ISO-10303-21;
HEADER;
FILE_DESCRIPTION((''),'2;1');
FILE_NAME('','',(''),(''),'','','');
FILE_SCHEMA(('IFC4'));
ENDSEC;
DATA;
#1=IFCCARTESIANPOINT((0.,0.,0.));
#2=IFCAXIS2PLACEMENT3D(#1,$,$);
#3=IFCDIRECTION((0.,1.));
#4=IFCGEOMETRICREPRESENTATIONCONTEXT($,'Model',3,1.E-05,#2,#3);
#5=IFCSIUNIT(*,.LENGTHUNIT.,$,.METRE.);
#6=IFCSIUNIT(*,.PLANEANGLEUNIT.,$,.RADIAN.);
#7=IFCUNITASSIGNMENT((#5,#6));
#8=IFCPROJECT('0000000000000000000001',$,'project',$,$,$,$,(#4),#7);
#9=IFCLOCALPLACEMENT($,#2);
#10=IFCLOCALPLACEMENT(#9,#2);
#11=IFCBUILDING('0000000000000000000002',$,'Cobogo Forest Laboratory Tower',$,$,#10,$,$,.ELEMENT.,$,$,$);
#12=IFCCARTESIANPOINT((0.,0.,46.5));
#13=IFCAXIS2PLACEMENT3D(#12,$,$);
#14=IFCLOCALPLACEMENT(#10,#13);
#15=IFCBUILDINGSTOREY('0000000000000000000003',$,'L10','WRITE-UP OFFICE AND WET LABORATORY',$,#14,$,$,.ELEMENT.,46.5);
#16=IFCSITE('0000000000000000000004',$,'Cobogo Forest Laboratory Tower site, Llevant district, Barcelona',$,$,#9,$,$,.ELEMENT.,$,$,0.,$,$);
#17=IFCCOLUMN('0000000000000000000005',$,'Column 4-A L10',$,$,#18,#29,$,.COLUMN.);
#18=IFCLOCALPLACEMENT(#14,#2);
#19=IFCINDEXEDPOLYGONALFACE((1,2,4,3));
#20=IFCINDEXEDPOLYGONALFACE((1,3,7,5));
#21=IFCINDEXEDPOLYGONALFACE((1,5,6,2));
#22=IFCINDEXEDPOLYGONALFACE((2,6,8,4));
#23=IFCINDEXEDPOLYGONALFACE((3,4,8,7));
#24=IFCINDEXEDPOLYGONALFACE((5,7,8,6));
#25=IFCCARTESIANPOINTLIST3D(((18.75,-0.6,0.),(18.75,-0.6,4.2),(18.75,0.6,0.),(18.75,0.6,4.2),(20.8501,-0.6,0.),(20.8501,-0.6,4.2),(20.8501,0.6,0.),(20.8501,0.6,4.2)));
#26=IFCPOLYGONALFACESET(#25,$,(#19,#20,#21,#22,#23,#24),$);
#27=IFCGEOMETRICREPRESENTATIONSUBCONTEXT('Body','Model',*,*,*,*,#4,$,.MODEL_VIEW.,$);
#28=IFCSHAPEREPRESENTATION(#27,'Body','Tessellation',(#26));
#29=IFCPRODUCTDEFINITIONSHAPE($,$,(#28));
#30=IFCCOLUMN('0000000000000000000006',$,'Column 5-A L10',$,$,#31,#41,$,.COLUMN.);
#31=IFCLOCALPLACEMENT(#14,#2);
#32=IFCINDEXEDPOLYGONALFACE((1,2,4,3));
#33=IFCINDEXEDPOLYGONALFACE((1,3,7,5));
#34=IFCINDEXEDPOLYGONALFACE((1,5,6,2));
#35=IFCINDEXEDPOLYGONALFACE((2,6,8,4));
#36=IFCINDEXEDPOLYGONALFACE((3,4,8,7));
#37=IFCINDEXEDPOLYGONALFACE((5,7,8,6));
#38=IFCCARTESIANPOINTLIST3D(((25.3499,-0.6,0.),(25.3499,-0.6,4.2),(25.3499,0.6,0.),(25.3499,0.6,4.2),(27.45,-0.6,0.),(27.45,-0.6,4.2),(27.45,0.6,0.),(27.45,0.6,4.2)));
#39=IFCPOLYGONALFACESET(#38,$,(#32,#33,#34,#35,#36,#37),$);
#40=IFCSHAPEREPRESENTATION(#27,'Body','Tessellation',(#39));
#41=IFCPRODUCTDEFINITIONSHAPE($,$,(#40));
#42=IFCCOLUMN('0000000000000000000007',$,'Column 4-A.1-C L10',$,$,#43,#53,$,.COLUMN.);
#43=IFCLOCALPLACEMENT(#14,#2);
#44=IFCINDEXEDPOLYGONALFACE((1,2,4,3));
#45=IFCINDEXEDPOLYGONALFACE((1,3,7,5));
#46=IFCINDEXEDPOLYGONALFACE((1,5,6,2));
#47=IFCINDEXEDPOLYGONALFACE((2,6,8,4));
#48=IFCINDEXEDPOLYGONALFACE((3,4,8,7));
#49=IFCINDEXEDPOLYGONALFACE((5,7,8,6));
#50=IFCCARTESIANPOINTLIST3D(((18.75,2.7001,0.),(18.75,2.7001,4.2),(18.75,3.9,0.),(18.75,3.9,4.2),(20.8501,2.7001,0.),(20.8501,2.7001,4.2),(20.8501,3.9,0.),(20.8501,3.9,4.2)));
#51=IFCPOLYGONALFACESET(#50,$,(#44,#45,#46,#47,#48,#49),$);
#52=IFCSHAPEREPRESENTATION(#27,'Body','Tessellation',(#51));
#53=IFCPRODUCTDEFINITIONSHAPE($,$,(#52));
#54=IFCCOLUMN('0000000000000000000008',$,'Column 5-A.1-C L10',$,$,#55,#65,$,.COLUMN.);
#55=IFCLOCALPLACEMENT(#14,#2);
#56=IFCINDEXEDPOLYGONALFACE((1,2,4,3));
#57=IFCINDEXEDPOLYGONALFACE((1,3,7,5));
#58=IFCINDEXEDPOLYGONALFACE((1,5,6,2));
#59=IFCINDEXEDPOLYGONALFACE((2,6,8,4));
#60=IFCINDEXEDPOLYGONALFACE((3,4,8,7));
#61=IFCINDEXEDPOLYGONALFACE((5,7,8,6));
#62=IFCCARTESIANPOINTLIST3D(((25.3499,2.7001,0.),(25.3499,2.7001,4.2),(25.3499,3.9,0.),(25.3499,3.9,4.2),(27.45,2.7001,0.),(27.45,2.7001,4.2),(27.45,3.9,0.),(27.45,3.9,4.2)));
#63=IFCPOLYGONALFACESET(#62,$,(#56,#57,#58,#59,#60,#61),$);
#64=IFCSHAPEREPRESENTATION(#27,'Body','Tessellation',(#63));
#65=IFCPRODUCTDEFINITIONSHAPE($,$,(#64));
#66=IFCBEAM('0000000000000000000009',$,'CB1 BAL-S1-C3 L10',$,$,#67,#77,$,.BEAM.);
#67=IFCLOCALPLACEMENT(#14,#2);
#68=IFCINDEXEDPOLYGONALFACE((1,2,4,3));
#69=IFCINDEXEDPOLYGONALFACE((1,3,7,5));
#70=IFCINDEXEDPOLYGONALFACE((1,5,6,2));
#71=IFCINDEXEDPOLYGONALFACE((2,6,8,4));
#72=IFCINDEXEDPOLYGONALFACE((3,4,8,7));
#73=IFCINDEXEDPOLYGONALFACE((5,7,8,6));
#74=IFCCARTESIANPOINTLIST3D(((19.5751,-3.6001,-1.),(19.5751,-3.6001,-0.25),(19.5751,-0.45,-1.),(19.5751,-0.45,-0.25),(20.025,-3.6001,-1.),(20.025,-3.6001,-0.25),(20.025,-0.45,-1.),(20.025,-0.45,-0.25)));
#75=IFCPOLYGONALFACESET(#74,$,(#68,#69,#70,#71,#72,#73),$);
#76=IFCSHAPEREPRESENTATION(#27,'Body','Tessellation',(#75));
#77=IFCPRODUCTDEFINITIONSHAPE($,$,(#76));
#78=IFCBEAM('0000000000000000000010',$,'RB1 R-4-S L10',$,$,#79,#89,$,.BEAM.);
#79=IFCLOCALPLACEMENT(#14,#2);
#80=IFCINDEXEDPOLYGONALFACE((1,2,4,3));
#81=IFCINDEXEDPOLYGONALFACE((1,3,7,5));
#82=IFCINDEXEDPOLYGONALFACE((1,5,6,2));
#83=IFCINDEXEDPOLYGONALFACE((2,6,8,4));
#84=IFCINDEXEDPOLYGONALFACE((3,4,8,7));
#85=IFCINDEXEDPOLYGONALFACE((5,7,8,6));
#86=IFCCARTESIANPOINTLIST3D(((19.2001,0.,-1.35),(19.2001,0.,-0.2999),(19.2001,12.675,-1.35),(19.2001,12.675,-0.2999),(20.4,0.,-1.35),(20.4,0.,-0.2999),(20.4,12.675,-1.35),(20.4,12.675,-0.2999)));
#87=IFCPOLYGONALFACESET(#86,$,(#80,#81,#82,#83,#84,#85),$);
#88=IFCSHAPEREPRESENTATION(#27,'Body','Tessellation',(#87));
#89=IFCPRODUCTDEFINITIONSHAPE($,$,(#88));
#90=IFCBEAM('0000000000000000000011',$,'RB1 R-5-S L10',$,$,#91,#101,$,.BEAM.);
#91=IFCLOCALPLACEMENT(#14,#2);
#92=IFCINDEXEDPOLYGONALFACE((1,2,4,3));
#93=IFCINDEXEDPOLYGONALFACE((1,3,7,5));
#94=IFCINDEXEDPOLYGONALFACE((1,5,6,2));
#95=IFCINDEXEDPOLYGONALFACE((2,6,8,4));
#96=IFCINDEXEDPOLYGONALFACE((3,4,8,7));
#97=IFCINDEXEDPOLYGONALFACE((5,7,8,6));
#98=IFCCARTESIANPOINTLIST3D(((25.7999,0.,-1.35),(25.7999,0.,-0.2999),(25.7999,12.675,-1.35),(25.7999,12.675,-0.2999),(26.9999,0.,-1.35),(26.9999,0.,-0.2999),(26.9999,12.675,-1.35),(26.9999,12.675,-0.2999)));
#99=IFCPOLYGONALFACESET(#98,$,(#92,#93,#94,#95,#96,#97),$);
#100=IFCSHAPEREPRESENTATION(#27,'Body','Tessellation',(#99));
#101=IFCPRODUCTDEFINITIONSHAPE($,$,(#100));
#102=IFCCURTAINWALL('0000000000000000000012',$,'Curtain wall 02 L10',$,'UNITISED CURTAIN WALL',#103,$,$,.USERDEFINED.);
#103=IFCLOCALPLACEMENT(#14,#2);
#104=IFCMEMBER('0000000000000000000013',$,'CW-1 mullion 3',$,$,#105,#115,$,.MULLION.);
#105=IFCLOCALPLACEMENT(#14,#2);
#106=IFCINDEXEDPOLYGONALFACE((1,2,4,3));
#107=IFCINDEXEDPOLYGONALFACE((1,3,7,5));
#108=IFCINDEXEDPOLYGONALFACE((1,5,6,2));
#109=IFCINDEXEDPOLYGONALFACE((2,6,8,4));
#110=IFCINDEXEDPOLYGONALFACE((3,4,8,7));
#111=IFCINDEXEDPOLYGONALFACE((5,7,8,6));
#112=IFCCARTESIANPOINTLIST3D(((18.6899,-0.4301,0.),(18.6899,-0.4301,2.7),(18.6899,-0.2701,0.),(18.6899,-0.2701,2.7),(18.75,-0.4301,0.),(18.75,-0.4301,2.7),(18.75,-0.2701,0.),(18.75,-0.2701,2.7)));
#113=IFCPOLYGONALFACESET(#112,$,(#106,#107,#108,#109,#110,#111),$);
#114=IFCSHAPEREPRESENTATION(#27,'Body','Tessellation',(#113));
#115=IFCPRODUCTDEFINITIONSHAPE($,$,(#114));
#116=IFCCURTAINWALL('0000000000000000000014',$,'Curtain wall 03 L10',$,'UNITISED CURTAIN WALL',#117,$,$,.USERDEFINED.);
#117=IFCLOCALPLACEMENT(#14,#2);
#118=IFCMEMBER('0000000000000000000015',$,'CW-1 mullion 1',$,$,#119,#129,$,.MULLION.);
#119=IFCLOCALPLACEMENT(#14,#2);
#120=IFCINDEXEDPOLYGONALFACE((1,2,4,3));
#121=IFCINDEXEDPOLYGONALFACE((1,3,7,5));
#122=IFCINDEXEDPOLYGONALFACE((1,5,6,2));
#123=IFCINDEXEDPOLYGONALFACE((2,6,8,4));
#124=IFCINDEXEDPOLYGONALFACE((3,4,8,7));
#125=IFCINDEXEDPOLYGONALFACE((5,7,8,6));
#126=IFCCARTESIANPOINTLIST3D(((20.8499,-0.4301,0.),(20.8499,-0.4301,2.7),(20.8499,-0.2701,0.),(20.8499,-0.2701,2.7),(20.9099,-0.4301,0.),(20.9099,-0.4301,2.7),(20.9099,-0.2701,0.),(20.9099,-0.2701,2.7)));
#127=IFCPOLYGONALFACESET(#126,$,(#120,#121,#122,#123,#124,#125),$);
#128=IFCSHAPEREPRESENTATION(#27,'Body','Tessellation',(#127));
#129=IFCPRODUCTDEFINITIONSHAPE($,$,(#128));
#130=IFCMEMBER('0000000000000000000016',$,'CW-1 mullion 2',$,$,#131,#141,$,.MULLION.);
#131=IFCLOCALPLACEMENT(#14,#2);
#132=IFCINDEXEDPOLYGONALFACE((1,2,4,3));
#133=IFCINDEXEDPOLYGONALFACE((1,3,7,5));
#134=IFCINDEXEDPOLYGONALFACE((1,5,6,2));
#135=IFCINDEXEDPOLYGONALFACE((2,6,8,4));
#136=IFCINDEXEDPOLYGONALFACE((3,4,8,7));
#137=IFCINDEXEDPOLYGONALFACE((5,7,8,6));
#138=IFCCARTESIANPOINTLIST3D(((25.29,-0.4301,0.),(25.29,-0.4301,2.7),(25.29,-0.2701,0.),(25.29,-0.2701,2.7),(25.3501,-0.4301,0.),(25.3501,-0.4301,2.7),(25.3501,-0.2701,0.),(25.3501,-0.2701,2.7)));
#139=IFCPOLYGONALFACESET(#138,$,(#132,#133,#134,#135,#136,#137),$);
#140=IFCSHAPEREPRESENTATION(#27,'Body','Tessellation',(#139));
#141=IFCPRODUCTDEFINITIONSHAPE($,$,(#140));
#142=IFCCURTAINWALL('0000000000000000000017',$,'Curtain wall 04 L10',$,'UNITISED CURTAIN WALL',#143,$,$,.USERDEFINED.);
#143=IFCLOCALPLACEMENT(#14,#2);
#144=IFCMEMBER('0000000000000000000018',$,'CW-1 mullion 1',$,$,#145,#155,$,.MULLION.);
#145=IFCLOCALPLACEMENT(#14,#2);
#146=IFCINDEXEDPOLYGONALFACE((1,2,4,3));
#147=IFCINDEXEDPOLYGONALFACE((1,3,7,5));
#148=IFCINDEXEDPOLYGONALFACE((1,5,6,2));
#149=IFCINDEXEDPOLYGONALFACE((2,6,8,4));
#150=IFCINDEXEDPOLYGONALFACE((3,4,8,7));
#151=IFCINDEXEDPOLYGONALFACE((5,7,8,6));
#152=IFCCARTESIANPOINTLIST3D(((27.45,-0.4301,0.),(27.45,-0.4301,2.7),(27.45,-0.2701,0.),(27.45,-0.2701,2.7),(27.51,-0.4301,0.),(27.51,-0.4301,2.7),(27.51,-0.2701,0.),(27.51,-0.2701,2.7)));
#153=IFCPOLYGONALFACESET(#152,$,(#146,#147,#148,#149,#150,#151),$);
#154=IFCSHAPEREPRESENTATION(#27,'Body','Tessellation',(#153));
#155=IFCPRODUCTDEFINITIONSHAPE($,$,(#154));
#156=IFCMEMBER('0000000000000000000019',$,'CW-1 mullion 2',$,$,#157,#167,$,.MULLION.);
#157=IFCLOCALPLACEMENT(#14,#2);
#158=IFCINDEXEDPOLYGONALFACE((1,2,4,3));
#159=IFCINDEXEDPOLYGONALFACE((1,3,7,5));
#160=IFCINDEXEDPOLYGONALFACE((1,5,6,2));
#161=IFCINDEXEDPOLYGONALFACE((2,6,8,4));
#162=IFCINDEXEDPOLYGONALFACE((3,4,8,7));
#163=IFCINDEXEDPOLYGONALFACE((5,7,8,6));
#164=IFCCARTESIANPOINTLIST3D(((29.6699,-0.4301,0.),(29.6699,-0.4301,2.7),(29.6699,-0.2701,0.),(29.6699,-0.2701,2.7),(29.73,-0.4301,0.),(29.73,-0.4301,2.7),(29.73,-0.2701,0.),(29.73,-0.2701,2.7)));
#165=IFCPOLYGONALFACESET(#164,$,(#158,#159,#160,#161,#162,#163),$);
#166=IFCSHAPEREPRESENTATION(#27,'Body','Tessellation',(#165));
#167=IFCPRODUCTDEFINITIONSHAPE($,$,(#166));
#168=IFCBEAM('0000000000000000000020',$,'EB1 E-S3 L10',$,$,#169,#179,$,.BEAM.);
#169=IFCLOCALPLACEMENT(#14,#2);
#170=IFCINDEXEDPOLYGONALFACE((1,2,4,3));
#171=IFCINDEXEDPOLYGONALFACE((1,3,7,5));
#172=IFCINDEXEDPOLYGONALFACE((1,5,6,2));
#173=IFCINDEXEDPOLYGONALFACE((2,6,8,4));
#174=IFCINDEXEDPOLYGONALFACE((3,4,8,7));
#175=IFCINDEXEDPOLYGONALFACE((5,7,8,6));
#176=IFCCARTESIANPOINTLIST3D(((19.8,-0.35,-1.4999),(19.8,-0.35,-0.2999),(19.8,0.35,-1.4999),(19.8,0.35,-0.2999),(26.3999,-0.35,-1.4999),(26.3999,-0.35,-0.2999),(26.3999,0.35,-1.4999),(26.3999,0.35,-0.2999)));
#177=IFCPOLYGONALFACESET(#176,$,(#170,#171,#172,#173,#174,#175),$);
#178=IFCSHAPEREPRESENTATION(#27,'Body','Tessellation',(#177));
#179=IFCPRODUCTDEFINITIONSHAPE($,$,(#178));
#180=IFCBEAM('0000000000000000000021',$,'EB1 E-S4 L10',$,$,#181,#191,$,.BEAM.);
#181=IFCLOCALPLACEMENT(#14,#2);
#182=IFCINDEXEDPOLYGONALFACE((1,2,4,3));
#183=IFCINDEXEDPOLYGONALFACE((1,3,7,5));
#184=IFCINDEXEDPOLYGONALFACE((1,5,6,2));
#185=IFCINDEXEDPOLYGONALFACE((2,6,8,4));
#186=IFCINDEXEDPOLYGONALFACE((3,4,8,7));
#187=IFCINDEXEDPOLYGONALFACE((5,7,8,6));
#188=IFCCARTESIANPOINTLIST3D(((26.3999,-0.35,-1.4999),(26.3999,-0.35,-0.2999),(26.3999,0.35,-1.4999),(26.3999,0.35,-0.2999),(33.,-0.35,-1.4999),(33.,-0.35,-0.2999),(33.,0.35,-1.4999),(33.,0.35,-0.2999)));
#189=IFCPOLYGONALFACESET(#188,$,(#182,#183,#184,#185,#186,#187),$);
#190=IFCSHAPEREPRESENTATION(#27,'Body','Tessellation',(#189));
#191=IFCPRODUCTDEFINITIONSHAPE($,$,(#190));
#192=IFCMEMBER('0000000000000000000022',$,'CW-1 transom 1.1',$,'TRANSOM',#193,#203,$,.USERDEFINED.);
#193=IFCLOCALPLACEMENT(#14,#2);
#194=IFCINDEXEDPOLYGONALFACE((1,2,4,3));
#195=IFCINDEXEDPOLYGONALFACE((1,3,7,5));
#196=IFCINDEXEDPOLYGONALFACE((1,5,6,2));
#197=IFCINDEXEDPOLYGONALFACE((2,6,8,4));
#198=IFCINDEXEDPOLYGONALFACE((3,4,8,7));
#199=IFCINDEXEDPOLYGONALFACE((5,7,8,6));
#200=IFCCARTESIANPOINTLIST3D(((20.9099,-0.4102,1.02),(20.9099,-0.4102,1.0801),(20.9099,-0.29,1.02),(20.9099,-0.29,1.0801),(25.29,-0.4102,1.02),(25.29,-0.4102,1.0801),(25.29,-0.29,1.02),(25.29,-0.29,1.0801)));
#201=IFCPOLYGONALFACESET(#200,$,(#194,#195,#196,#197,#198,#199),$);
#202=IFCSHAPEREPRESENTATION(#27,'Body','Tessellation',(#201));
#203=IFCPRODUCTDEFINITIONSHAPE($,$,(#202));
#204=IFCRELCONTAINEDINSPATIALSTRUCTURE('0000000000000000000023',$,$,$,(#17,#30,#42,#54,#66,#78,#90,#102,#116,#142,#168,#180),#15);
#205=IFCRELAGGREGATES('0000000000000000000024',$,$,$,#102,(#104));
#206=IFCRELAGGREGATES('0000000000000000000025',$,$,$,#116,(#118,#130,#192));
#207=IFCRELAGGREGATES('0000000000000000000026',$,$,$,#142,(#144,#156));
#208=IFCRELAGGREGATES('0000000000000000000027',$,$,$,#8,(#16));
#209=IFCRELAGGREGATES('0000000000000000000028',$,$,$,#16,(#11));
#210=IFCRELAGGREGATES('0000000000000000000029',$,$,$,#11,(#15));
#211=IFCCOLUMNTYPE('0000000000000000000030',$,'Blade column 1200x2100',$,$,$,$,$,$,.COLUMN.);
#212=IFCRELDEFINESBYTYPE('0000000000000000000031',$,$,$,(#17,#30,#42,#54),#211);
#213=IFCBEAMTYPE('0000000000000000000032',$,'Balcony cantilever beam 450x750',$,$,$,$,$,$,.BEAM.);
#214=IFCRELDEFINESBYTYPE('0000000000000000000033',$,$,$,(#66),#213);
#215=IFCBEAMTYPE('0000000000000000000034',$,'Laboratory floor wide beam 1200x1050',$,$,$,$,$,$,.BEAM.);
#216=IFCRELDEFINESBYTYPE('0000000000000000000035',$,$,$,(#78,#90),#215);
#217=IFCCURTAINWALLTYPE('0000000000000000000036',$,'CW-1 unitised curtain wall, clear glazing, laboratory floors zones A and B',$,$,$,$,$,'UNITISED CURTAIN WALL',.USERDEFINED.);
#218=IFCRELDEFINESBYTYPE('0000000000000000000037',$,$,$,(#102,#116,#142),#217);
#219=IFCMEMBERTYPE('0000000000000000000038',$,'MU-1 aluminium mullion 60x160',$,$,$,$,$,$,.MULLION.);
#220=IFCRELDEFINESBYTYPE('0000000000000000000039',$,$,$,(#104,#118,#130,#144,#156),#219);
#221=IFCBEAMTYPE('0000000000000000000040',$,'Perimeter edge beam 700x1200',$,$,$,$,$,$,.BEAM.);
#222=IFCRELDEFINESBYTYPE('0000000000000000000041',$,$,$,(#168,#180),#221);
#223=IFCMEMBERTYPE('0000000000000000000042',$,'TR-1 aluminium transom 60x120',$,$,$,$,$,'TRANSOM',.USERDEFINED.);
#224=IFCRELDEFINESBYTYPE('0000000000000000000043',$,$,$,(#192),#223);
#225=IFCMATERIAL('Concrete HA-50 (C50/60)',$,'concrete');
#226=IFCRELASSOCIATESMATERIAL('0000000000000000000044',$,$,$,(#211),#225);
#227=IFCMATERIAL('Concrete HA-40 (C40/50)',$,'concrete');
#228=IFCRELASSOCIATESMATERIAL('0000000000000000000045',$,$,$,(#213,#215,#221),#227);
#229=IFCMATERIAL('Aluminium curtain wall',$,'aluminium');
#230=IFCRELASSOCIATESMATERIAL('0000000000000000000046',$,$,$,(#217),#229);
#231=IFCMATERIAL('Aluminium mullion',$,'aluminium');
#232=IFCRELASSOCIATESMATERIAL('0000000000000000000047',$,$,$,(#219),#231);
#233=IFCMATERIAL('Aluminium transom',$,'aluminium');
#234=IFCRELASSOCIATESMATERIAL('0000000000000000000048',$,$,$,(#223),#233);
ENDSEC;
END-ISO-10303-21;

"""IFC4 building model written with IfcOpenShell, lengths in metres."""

from ifc_helpers import new_model, si_unit, direction, frame, origin, origin_2d, place, context, subcontext, project, spatial, rectangle, extrude, material, material_profile, profile_set, type_object, element, aggregate, save


model = new_model("IFC4")

# Units and contexts
model_context = context("Model", 3, precision=1e-05, world=origin(), true_north=direction((0.0, 1.0)))
body_context = subcontext(model_context, "Body", "Model", "MODEL_VIEW")
ifc_project = project(units=[si_unit("LENGTHUNIT", "METRE"), si_unit("PLANEANGLEUNIT", "RADIAN")], contexts=[model_context])

# Site, building, storey
site_placement = place(None, origin())
site = spatial("IfcSite", under=ifc_project, at=site_placement, Name="Cobogo Forest Laboratory Tower site, Llevant district, Barcelona", CompositionType="ELEMENT", RefElevation=0.0)
building_placement = place(site_placement, origin())
building = spatial("IfcBuilding", under=site, at=building_placement, Name="Cobogo Forest Laboratory Tower", CompositionType="ELEMENT")
storey_placement = place(building_placement, frame((0.0, 0.0, 46.5)))
storey = spatial("IfcBuildingStorey", under=building, at=storey_placement, Name="L10", Description="WRITE-UP OFFICE AND WET LABORATORY", CompositionType="ELEMENT", Elevation=46.5)

# Columns
ifc_material_1 = material(Name="Concrete HA-50 (C50/60)", Category="concrete")
ifc_material_profile_1 = material_profile(ifc_material_1, rectangle(XDim=2.1001, YDim=1.2, at=origin_2d()), Name="RC 1200x2100")
ifc_profile_set_1 = profile_set([ifc_material_profile_1], Name="Concrete HA-50 (C50/60)")
column_type = type_object("IfcColumnType", Name="Blade column 1200x2100", PredefinedType="COLUMN", material=ifc_profile_set_1)
for number, where, z_axis, x_axis, name in (
    (1, (19.8, 0.0, 0.0), (0.0, 0.0, 1.0), (1.0, 0.0, 0.0), "Column 4-A L10"),
    (2, (26.3999, 0.0, 0.0), (0.0, 0.0, 1.0), (1.0, 0.0, 0.0), "Column 5-A L10"),
    (3, (19.8, 3.3, 0.0), (0.0, 0.0, 1.0), (1.0, 0.0, 0.0), "Column 4-A.1-C L10"),
    (4, (26.3999, 3.3, 0.0), (0.0, 0.0, 1.0), (1.0, 0.0, 0.0), "Column 5-A.1-C L10"),
):
    element("IfcColumn", number, at=place(storey_placement, frame(where, z_axis=z_axis, x_axis=x_axis)), inside=storey, type_object=column_type, Name=name, PredefinedType="COLUMN", context=body_context, shape_type="SweptSolid", body=[
        extrude(rectangle(XDim=2.1001, YDim=1.2, at=origin_2d()), origin(), (0.0, 0.0, 1.0), 4.2),
    ])

# Beams
ifc_material_2 = material(Name="Concrete HA-40 (C40/50)", Category="concrete")
ifc_material_profile_2 = material_profile(ifc_material_2, rectangle(XDim=0.45, YDim=0.75, at=origin_2d()), Name="RC 450x750")
ifc_profile_set_2 = profile_set([ifc_material_profile_2], Name="Concrete HA-40 (C40/50)")
beam_type_1 = type_object("IfcBeamType", Name="Balcony cantilever beam 450x750", PredefinedType="BEAM", material=ifc_profile_set_2)
beam_1_placement = place(storey_placement, frame((19.8, -0.45, -0.625), z_axis=(0.0, -1.0, 0.0), x_axis=(1.0, 0.0, 0.0)))
element("IfcBeam", 5, at=beam_1_placement, inside=storey, type_object=beam_type_1, Name="CB1 BAL-S1-C3 L10", PredefinedType="BEAM", context=body_context, shape_type="SweptSolid", body=[
    extrude(rectangle(XDim=0.45, YDim=0.75, at=origin_2d()), origin(), (0.0, 0.0, 1.0), 3.1501),
])
ifc_material_profile_3 = material_profile(ifc_material_2, rectangle(XDim=1.2, YDim=1.05, at=origin_2d()), Name="RC 1200x1050")
ifc_profile_set_3 = profile_set([ifc_material_profile_3], Name="Concrete HA-40 (C40/50)")
beam_type_2 = type_object("IfcBeamType", Name="Laboratory floor wide beam 1200x1050", PredefinedType="BEAM", material=ifc_profile_set_3)
for number, where, z_axis, x_axis, name in (
    (6, (19.8, 12.675, -0.825), (0.0, -1.0, 0.0), (1.0, 0.0, 0.0), "RB1 R-4-S L10"),
    (7, (26.3999, 12.675, -0.825), (0.0, -1.0, 0.0), (1.0, 0.0, 0.0), "RB1 R-5-S L10"),
):
    element("IfcBeam", number, at=place(storey_placement, frame(where, z_axis=z_axis, x_axis=x_axis)), inside=storey, type_object=beam_type_2, Name=name, PredefinedType="BEAM", context=body_context, shape_type="SweptSolid", body=[
        extrude(rectangle(XDim=1.2, YDim=1.05, at=origin_2d()), origin(), (0.0, 0.0, 1.0), 12.675),
    ])

# Curtain wall, member
ifc_material_3 = material(Name="Aluminium curtain wall", Category="aluminium")
curtain_wall_type = type_object("IfcCurtainWallType", Name="CW-1 unitised curtain wall, clear glazing, laboratory floors zones A and B", ElementType="UNITISED CURTAIN WALL", PredefinedType="USERDEFINED", material=ifc_material_3)
curtain_wall_1_placement = place(storey_placement, origin())
curtain_wall_1 = element("IfcCurtainWall", 8, at=curtain_wall_1_placement, inside=storey, type_object=curtain_wall_type, Name="Curtain wall 02 L10", ObjectType="UNITISED CURTAIN WALL", PredefinedType="USERDEFINED")
ifc_material_4 = material(Name="Aluminium mullion", Category="aluminium")
ifc_material_profile_4 = material_profile(ifc_material_4, rectangle(XDim=0.0601, YDim=0.1599, at=origin_2d()), Name="AL 60x160")
ifc_profile_set_4 = profile_set([ifc_material_profile_4], Name="Aluminium mullion")
member_type_1 = type_object("IfcMemberType", Name="MU-1 aluminium mullion 60x160", PredefinedType="MULLION", material=ifc_profile_set_4)
member_1_placement = place(storey_placement, frame((18.72, -0.3501, 0.0), z_axis=(0.0, 0.0, 1.0), x_axis=(1.0, 0.0, 0.0)))
member_1 = element("IfcMember", 9, at=member_1_placement, type_object=member_type_1, Name="CW-1 mullion 3", PredefinedType="MULLION", context=body_context, shape_type="SweptSolid", body=[
    extrude(rectangle(XDim=0.0601, YDim=0.1599, at=origin_2d()), origin(), (0.0, 0.0, 1.0), 2.7),
])
aggregate(curtain_wall_1, [member_1])

# Curtain walls, members
curtain_wall_2_placement = place(storey_placement, origin())
curtain_wall_2 = element("IfcCurtainWall", 10, at=curtain_wall_2_placement, inside=storey, type_object=curtain_wall_type, Name="Curtain wall 03 L10", ObjectType="UNITISED CURTAIN WALL", PredefinedType="USERDEFINED")
member_2_placement = place(storey_placement, frame((20.8799, -0.3501, 0.0), z_axis=(0.0, 0.0, 1.0), x_axis=(1.0, 0.0, 0.0)))
member_2 = element("IfcMember", 11, at=member_2_placement, type_object=member_type_1, Name="CW-1 mullion 1", PredefinedType="MULLION", context=body_context, shape_type="SweptSolid", body=[
    extrude(rectangle(XDim=0.0601, YDim=0.1599, at=origin_2d()), origin(), (0.0, 0.0, 1.0), 2.7),
])
member_3_placement = place(storey_placement, frame((25.3201, -0.3501, 0.0), z_axis=(0.0, 0.0, 1.0), x_axis=(1.0, 0.0, 0.0)))
member_3 = element("IfcMember", 12, at=member_3_placement, type_object=member_type_1, Name="CW-1 mullion 2", PredefinedType="MULLION", context=body_context, shape_type="SweptSolid", body=[
    extrude(rectangle(XDim=0.0601, YDim=0.1599, at=origin_2d()), origin(), (0.0, 0.0, 1.0), 2.7),
])
curtain_wall_3_placement = place(storey_placement, origin())
curtain_wall_3 = element("IfcCurtainWall", 13, at=curtain_wall_3_placement, inside=storey, type_object=curtain_wall_type, Name="Curtain wall 04 L10", ObjectType="UNITISED CURTAIN WALL", PredefinedType="USERDEFINED")
member_4_placement = place(storey_placement, frame((27.48, -0.3501, 0.0), z_axis=(0.0, 0.0, 1.0), x_axis=(1.0, 0.0, 0.0)))
member_4 = element("IfcMember", 14, at=member_4_placement, type_object=member_type_1, Name="CW-1 mullion 1", PredefinedType="MULLION", context=body_context, shape_type="SweptSolid", body=[
    extrude(rectangle(XDim=0.0601, YDim=0.1599, at=origin_2d()), origin(), (0.0, 0.0, 1.0), 2.7),
])
member_5_placement = place(storey_placement, frame((29.7, -0.3501, 0.0), z_axis=(0.0, 0.0, 1.0), x_axis=(1.0, 0.0, 0.0)))
member_5 = element("IfcMember", 15, at=member_5_placement, type_object=member_type_1, Name="CW-1 mullion 2", PredefinedType="MULLION", context=body_context, shape_type="SweptSolid", body=[
    extrude(rectangle(XDim=0.0601, YDim=0.1599, at=origin_2d()), origin(), (0.0, 0.0, 1.0), 2.7),
])

# Beams
ifc_material_profile_5 = material_profile(ifc_material_2, rectangle(XDim=0.7, YDim=1.2, at=origin_2d()), Name="RC 700x1200")
ifc_profile_set_5 = profile_set([ifc_material_profile_5], Name="Concrete HA-40 (C40/50)")
beam_type_3 = type_object("IfcBeamType", Name="Perimeter edge beam 700x1200", PredefinedType="BEAM", material=ifc_profile_set_5)
beam_2_placement = place(storey_placement, frame((19.8, 0.0, -0.8999), z_axis=(1.0, 0.0, 0.0), x_axis=(0.0, 1.0, 0.0)))
element("IfcBeam", 16, at=beam_2_placement, inside=storey, type_object=beam_type_3, Name="EB1 E-S3 L10", PredefinedType="BEAM", context=body_context, shape_type="SweptSolid", body=[
    extrude(rectangle(XDim=0.7, YDim=1.2, at=origin_2d()), origin(), (0.0, 0.0, 1.0), 6.5999),
])
beam_3_placement = place(storey_placement, frame((26.3999, 0.0, -0.8999), z_axis=(1.0, 0.0, 0.0), x_axis=(0.0, 1.0, 0.0)))
element("IfcBeam", 17, at=beam_3_placement, inside=storey, type_object=beam_type_3, Name="EB1 E-S4 L10", PredefinedType="BEAM", context=body_context, shape_type="SweptSolid", body=[
    extrude(rectangle(XDim=0.7, YDim=1.2, at=origin_2d()), origin(), (0.0, 0.0, 1.0), 6.6001),
])

# Member
ifc_material_5 = material(Name="Aluminium transom", Category="aluminium")
ifc_material_profile_6 = material_profile(ifc_material_5, rectangle(XDim=0.1201, YDim=0.0601, at=origin_2d()), Name="AL 60x120")
ifc_profile_set_6 = profile_set([ifc_material_profile_6], Name="Aluminium transom")
member_type_2 = type_object("IfcMemberType", Name="TR-1 aluminium transom 60x120", ElementType="TRANSOM", PredefinedType="USERDEFINED", material=ifc_profile_set_6)
member_6_placement = place(storey_placement, frame((20.9099, -0.3501, 1.05), z_axis=(1.0, 0.0, 0.0), x_axis=(0.0, 1.0, 0.0)))
member_6 = element("IfcMember", 18, at=member_6_placement, type_object=member_type_2, Name="CW-1 transom 1.1", ObjectType="TRANSOM", PredefinedType="USERDEFINED", context=body_context, shape_type="SweptSolid", body=[
    extrude(rectangle(XDim=0.1201, YDim=0.0601, at=origin_2d()), origin(), (0.0, 0.0, 1.0), 4.3801),
])

aggregate(curtain_wall_2, [member_2, member_3, member_6])
aggregate(curtain_wall_3, [member_4, member_5])

save(model, "model.ifc")
